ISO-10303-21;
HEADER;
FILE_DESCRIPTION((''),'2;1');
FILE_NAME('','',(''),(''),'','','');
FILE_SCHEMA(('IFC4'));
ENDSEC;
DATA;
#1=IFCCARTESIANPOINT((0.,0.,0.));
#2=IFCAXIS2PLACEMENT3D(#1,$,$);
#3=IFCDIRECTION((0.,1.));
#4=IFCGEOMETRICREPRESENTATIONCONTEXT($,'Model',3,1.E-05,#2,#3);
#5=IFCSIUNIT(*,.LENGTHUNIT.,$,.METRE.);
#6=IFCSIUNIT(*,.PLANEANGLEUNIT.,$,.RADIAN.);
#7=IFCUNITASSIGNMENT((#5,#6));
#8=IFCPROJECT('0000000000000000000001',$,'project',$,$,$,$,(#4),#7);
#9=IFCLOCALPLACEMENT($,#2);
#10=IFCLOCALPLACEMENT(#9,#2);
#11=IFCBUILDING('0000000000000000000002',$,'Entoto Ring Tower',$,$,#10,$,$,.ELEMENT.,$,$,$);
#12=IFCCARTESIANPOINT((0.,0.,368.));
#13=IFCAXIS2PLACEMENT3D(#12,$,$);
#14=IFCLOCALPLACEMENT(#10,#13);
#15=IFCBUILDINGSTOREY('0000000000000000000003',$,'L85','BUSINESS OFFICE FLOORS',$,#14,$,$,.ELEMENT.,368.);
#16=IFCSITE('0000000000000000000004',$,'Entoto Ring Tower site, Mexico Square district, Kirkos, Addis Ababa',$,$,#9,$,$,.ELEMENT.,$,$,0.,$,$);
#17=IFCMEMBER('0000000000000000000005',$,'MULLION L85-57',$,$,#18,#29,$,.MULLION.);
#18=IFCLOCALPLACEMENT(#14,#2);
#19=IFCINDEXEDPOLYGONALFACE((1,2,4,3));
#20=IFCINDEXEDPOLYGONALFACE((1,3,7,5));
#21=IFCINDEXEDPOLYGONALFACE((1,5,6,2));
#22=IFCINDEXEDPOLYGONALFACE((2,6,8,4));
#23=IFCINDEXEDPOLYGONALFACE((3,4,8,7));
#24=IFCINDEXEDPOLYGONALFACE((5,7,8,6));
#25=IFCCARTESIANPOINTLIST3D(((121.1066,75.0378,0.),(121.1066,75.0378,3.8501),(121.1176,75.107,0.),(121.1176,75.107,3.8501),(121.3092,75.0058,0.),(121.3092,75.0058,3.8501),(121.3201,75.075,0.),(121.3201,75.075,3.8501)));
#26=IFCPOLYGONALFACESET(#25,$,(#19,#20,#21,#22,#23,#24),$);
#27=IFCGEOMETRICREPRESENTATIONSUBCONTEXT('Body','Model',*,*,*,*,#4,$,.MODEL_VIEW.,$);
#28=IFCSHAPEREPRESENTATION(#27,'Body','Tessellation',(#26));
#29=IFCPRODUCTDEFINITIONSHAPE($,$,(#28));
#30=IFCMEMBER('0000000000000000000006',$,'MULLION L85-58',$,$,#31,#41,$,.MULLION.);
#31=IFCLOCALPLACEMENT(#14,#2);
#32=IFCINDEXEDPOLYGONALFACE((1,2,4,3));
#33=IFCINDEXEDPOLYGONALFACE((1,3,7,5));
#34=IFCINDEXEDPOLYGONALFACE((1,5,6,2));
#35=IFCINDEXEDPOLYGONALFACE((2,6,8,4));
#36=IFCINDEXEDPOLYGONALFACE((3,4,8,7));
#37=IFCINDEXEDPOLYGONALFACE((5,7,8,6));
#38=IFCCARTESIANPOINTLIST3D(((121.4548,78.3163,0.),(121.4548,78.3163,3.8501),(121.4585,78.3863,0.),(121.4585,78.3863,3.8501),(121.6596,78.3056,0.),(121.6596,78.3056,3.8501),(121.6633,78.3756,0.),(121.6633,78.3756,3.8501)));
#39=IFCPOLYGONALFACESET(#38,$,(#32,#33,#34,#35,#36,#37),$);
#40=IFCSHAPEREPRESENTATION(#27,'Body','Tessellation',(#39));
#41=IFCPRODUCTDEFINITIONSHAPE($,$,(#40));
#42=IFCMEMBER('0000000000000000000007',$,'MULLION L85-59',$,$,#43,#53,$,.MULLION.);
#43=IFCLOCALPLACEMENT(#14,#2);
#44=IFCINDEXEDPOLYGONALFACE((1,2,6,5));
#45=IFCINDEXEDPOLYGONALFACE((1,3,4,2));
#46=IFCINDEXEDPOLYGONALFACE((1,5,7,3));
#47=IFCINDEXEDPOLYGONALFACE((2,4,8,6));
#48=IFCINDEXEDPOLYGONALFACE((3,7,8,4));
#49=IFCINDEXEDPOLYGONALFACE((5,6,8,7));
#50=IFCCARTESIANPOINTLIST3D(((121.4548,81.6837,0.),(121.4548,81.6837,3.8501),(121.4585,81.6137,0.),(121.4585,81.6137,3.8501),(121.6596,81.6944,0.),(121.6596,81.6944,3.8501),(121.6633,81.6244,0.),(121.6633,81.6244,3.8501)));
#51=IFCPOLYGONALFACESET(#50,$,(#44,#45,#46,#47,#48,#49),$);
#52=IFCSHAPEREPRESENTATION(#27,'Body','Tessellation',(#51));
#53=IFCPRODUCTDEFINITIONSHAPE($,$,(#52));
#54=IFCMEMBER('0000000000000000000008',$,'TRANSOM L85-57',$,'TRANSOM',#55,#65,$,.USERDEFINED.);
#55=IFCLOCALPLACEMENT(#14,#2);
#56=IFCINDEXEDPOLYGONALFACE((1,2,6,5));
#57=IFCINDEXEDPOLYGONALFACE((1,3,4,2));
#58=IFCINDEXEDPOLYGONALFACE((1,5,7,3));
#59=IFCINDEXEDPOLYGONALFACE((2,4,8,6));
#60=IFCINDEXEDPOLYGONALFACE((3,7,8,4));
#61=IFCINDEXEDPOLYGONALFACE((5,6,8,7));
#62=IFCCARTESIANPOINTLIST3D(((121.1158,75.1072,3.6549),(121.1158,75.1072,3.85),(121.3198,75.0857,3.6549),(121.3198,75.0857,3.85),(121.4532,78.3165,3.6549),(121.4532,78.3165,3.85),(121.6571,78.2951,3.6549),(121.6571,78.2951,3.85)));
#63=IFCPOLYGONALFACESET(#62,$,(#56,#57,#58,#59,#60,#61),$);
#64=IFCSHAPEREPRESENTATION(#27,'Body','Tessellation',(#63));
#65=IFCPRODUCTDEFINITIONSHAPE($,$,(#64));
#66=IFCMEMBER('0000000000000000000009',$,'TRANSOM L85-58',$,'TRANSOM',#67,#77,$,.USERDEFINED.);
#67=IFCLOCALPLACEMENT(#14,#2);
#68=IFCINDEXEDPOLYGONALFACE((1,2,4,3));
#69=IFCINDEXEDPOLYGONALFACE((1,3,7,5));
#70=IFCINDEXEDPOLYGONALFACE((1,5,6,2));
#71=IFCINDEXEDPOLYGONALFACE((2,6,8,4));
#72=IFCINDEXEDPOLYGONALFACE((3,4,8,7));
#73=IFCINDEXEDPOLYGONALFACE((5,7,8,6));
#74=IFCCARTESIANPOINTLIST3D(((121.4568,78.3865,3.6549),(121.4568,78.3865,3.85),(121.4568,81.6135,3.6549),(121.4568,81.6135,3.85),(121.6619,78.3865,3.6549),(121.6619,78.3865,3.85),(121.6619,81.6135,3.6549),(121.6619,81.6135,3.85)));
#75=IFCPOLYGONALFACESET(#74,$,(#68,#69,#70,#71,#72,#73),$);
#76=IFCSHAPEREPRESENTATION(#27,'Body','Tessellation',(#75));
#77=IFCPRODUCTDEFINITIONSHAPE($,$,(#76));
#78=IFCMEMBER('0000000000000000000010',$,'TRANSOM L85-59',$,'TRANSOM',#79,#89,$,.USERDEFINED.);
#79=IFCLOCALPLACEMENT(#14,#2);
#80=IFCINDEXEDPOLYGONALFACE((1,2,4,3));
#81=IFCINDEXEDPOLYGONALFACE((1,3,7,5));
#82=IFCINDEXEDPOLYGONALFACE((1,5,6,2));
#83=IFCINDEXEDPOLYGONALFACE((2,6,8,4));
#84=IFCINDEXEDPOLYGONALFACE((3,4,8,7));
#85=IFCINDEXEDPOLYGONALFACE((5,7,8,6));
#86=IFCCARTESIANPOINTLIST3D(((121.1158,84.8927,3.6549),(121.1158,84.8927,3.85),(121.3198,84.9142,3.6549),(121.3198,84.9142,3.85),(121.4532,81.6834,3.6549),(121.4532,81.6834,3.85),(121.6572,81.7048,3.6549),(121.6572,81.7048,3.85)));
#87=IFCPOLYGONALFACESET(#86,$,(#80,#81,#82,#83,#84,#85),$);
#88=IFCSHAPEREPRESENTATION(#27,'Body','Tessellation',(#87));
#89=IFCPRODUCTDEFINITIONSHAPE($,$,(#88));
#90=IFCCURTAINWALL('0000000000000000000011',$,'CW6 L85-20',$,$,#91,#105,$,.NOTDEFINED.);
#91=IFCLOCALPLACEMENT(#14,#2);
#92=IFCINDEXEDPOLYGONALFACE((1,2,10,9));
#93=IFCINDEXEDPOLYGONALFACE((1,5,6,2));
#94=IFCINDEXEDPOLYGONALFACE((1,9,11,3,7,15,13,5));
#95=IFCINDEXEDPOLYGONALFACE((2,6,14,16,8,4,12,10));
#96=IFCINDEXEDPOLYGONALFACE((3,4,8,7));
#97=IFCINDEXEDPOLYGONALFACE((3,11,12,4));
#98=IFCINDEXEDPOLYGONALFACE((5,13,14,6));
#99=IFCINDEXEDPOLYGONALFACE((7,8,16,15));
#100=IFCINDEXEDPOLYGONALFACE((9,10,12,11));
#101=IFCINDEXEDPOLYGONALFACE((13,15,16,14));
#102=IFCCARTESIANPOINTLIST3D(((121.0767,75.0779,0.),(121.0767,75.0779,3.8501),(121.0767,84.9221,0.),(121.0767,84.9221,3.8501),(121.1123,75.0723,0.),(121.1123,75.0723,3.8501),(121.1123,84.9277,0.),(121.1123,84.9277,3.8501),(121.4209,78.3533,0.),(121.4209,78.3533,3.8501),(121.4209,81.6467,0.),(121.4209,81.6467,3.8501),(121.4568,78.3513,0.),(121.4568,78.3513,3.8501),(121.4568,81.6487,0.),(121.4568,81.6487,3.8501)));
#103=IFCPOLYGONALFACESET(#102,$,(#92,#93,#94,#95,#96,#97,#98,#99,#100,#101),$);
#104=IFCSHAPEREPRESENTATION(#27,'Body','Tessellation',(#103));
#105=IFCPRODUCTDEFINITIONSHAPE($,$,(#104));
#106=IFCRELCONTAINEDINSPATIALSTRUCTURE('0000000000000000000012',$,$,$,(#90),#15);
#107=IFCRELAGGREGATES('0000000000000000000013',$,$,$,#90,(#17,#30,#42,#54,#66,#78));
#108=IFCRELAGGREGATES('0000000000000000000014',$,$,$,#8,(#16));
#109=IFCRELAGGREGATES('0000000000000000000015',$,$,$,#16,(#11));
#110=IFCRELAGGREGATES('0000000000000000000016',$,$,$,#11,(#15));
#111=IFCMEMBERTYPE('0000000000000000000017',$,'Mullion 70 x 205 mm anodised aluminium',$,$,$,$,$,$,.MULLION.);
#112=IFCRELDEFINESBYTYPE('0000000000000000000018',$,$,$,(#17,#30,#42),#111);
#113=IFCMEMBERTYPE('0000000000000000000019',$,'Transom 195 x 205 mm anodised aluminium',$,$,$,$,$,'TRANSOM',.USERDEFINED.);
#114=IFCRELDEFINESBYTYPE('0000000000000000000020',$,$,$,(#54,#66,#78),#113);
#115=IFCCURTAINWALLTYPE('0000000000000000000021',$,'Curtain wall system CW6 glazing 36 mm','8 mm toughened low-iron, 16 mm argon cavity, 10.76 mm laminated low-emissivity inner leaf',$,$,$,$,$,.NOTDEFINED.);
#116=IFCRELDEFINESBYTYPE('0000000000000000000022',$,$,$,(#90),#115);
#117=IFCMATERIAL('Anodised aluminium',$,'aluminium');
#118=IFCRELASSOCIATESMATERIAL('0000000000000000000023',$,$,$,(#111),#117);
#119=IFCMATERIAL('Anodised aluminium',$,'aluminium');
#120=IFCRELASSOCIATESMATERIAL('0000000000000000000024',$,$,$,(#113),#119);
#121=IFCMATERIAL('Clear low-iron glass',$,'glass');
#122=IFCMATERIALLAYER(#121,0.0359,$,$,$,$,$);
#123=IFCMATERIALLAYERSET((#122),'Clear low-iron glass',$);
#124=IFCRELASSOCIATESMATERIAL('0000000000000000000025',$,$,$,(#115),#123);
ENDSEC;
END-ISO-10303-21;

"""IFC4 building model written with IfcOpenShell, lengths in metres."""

from ifc_helpers import new_model, si_unit, direction, frame, origin, origin_2d, place, context, subcontext, project, spatial, polyline, rectangle, outline, extrude, material, layer, layer_set, material_profile, profile_set, type_object, element, aggregate, save


model = new_model("IFC4")

# Units and contexts
model_context = context("Model", 3, precision=1e-05, world=origin(), true_north=direction((0.0, 1.0)))
body_context = subcontext(model_context, "Body", "Model", "MODEL_VIEW")
ifc_project = project(units=[si_unit("LENGTHUNIT", "METRE"), si_unit("PLANEANGLEUNIT", "RADIAN")], contexts=[model_context])

# Members
ifc_material_1 = material(Name="Anodised aluminium", Category="aluminium")
ifc_material_profile_1 = material_profile(ifc_material_1, rectangle(XDim=0.0701, YDim=0.2051, at=origin_2d()), Name="Mullion 70 x 205 mm anodised aluminium")
ifc_profile_set_1 = profile_set([ifc_material_profile_1], Name="Anodised aluminium")
member_type_1 = type_object("IfcMemberType", Name="Mullion 70 x 205 mm anodised aluminium", PredefinedType="MULLION", material=ifc_profile_set_1)
site_placement = place(None, origin())
building_placement = place(site_placement, origin())
storey_placement = place(building_placement, frame((0.0, 0.0, 368.0)))
member_1_placement = place(storey_placement, frame((121.2134, 75.0564, 0.0), z_axis=(0.0, 0.0, 1.0), x_axis=(0.156434, 0.987688, 0.0)))
member_1 = element("IfcMember", 1, at=member_1_placement, type_object=member_type_1, Name="MULLION L85-57", PredefinedType="MULLION", context=body_context, shape_type="SweptSolid", body=[
    extrude(rectangle(XDim=0.0701, YDim=0.2051, at=origin_2d()), origin(), (0.0, 0.0, 1.0), 3.8501),
])
member_2_placement = place(storey_placement, frame((121.5591, 78.3459, 0.0), z_axis=(0.0, 0.0, 1.0), x_axis=(0.052336, 0.99863, 0.0)))
member_2 = element("IfcMember", 2, at=member_2_placement, type_object=member_type_1, Name="MULLION L85-58", PredefinedType="MULLION", context=body_context, shape_type="SweptSolid", body=[
    extrude(rectangle(XDim=0.0701, YDim=0.2051, at=origin_2d()), origin(), (0.0, 0.0, 1.0), 3.8501),
])
member_3_placement = place(storey_placement, frame((121.5591, 81.6541, 0.0), z_axis=(0.0, 0.0, 1.0), x_axis=(-0.052336, 0.99863, 0.0)))
member_3 = element("IfcMember", 3, at=member_3_placement, type_object=member_type_1, Name="MULLION L85-59", PredefinedType="MULLION", context=body_context, shape_type="SweptSolid", body=[
    extrude(rectangle(XDim=0.0701, YDim=0.2051, at=origin_2d()), origin(), (0.0, 0.0, 1.0), 3.8501),
])
ifc_material_2 = material(Name="Anodised aluminium", Category="aluminium")
ifc_material_profile_2 = material_profile(ifc_material_2, rectangle(XDim=0.2051, YDim=0.1951, at=origin_2d()), Name="Transom 195 x 205 mm anodised aluminium")
ifc_profile_set_2 = profile_set([ifc_material_profile_2], Name="Anodised aluminium")
member_type_2 = type_object("IfcMemberType", Name="Transom 195 x 205 mm anodised aluminium", ElementType="TRANSOM", PredefinedType="USERDEFINED", material=ifc_profile_set_2)
member_4_placement = place(storey_placement, frame((121.2178, 75.0964, 3.7524), z_axis=(0.104551, 0.99452, 0.0), x_axis=(-0.99452, 0.104551, 0.0)))
member_4 = element("IfcMember", 4, at=member_4_placement, type_object=member_type_2, Name="TRANSOM L85-57", ObjectType="TRANSOM", PredefinedType="USERDEFINED", context=body_context, shape_type="SweptSolid", body=[
    extrude(rectangle(XDim=0.2051, YDim=0.1951, at=origin_2d()), origin(), (0.0, 0.0, 1.0), 3.2271),
])
member_5_placement = place(storey_placement, frame((121.5593, 78.3865, 3.7524), z_axis=(0.0, 1.0, 0.0), x_axis=(-1.0, 0.0, 0.0)))
member_5 = element("IfcMember", 5, at=member_5_placement, type_object=member_type_2, Name="TRANSOM L85-58", ObjectType="TRANSOM", PredefinedType="USERDEFINED", context=body_context, shape_type="SweptSolid", body=[
    extrude(rectangle(XDim=0.2051, YDim=0.1951, at=origin_2d()), origin(), (0.0, 0.0, 1.0), 3.2271),
])
member_6_placement = place(storey_placement, frame((121.5552, 81.6941, 3.7524), z_axis=(-0.104551, 0.99452, 0.0), x_axis=(-0.99452, -0.104551, 0.0)))
member_6 = element("IfcMember", 6, at=member_6_placement, type_object=member_type_2, Name="TRANSOM L85-59", ObjectType="TRANSOM", PredefinedType="USERDEFINED", context=body_context, shape_type="SweptSolid", body=[
    extrude(rectangle(XDim=0.2051, YDim=0.1951, at=origin_2d()), origin(), (0.0, 0.0, 1.0), 3.2271),
])

# Site, building, storey
site = spatial("IfcSite", under=ifc_project, at=site_placement, Name="Entoto Ring Tower site, Mexico Square district, Kirkos, Addis Ababa", CompositionType="ELEMENT", RefElevation=0.0)
building = spatial("IfcBuilding", under=site, at=building_placement, Name="Entoto Ring Tower", CompositionType="ELEMENT")
storey = spatial("IfcBuildingStorey", under=building, at=storey_placement, Name="L85", Description="BUSINESS OFFICE FLOORS", CompositionType="ELEMENT", Elevation=368.0)

# Curtain wall
ifc_material_3 = material(Name="Clear low-iron glass", Category="glass")
ifc_layer = layer(ifc_material_3, 0.0359)
ifc_layer_set = layer_set([ifc_layer], Name="Clear low-iron glass")
curtain_wall_type = type_object("IfcCurtainWallType", Name="Curtain wall system CW6 glazing 36 mm", Description="8 mm toughened low-iron, 16 mm argon cavity, 10.76 mm laminated low-emissivity inner leaf", PredefinedType="NOTDEFINED", material=ifc_layer_set)
curtain_wall_1_placement = place(storey_placement, origin())
curtain_wall_1 = element("IfcCurtainWall", 7, at=curtain_wall_1_placement, inside=storey, type_object=curtain_wall_type, Name="CW6 L85-20", PredefinedType="NOTDEFINED", context=body_context, shape_type="SweptSolid", body=[
    extrude(outline(polyline([(121.1123, 75.0723), (121.4568, 78.3513), (121.4568, 81.6487), (121.1123, 84.9277), (121.0767, 84.9221), (121.4209, 81.6467), (121.4209, 78.3533), (121.0767, 75.0779), (121.1123, 75.0723)])), origin(), (0.0, 0.0, 1.0), 3.8501),
])
aggregate(curtain_wall_1, [member_1, member_2, member_3, member_4, member_5, member_6])

save(model, "model.ifc")
